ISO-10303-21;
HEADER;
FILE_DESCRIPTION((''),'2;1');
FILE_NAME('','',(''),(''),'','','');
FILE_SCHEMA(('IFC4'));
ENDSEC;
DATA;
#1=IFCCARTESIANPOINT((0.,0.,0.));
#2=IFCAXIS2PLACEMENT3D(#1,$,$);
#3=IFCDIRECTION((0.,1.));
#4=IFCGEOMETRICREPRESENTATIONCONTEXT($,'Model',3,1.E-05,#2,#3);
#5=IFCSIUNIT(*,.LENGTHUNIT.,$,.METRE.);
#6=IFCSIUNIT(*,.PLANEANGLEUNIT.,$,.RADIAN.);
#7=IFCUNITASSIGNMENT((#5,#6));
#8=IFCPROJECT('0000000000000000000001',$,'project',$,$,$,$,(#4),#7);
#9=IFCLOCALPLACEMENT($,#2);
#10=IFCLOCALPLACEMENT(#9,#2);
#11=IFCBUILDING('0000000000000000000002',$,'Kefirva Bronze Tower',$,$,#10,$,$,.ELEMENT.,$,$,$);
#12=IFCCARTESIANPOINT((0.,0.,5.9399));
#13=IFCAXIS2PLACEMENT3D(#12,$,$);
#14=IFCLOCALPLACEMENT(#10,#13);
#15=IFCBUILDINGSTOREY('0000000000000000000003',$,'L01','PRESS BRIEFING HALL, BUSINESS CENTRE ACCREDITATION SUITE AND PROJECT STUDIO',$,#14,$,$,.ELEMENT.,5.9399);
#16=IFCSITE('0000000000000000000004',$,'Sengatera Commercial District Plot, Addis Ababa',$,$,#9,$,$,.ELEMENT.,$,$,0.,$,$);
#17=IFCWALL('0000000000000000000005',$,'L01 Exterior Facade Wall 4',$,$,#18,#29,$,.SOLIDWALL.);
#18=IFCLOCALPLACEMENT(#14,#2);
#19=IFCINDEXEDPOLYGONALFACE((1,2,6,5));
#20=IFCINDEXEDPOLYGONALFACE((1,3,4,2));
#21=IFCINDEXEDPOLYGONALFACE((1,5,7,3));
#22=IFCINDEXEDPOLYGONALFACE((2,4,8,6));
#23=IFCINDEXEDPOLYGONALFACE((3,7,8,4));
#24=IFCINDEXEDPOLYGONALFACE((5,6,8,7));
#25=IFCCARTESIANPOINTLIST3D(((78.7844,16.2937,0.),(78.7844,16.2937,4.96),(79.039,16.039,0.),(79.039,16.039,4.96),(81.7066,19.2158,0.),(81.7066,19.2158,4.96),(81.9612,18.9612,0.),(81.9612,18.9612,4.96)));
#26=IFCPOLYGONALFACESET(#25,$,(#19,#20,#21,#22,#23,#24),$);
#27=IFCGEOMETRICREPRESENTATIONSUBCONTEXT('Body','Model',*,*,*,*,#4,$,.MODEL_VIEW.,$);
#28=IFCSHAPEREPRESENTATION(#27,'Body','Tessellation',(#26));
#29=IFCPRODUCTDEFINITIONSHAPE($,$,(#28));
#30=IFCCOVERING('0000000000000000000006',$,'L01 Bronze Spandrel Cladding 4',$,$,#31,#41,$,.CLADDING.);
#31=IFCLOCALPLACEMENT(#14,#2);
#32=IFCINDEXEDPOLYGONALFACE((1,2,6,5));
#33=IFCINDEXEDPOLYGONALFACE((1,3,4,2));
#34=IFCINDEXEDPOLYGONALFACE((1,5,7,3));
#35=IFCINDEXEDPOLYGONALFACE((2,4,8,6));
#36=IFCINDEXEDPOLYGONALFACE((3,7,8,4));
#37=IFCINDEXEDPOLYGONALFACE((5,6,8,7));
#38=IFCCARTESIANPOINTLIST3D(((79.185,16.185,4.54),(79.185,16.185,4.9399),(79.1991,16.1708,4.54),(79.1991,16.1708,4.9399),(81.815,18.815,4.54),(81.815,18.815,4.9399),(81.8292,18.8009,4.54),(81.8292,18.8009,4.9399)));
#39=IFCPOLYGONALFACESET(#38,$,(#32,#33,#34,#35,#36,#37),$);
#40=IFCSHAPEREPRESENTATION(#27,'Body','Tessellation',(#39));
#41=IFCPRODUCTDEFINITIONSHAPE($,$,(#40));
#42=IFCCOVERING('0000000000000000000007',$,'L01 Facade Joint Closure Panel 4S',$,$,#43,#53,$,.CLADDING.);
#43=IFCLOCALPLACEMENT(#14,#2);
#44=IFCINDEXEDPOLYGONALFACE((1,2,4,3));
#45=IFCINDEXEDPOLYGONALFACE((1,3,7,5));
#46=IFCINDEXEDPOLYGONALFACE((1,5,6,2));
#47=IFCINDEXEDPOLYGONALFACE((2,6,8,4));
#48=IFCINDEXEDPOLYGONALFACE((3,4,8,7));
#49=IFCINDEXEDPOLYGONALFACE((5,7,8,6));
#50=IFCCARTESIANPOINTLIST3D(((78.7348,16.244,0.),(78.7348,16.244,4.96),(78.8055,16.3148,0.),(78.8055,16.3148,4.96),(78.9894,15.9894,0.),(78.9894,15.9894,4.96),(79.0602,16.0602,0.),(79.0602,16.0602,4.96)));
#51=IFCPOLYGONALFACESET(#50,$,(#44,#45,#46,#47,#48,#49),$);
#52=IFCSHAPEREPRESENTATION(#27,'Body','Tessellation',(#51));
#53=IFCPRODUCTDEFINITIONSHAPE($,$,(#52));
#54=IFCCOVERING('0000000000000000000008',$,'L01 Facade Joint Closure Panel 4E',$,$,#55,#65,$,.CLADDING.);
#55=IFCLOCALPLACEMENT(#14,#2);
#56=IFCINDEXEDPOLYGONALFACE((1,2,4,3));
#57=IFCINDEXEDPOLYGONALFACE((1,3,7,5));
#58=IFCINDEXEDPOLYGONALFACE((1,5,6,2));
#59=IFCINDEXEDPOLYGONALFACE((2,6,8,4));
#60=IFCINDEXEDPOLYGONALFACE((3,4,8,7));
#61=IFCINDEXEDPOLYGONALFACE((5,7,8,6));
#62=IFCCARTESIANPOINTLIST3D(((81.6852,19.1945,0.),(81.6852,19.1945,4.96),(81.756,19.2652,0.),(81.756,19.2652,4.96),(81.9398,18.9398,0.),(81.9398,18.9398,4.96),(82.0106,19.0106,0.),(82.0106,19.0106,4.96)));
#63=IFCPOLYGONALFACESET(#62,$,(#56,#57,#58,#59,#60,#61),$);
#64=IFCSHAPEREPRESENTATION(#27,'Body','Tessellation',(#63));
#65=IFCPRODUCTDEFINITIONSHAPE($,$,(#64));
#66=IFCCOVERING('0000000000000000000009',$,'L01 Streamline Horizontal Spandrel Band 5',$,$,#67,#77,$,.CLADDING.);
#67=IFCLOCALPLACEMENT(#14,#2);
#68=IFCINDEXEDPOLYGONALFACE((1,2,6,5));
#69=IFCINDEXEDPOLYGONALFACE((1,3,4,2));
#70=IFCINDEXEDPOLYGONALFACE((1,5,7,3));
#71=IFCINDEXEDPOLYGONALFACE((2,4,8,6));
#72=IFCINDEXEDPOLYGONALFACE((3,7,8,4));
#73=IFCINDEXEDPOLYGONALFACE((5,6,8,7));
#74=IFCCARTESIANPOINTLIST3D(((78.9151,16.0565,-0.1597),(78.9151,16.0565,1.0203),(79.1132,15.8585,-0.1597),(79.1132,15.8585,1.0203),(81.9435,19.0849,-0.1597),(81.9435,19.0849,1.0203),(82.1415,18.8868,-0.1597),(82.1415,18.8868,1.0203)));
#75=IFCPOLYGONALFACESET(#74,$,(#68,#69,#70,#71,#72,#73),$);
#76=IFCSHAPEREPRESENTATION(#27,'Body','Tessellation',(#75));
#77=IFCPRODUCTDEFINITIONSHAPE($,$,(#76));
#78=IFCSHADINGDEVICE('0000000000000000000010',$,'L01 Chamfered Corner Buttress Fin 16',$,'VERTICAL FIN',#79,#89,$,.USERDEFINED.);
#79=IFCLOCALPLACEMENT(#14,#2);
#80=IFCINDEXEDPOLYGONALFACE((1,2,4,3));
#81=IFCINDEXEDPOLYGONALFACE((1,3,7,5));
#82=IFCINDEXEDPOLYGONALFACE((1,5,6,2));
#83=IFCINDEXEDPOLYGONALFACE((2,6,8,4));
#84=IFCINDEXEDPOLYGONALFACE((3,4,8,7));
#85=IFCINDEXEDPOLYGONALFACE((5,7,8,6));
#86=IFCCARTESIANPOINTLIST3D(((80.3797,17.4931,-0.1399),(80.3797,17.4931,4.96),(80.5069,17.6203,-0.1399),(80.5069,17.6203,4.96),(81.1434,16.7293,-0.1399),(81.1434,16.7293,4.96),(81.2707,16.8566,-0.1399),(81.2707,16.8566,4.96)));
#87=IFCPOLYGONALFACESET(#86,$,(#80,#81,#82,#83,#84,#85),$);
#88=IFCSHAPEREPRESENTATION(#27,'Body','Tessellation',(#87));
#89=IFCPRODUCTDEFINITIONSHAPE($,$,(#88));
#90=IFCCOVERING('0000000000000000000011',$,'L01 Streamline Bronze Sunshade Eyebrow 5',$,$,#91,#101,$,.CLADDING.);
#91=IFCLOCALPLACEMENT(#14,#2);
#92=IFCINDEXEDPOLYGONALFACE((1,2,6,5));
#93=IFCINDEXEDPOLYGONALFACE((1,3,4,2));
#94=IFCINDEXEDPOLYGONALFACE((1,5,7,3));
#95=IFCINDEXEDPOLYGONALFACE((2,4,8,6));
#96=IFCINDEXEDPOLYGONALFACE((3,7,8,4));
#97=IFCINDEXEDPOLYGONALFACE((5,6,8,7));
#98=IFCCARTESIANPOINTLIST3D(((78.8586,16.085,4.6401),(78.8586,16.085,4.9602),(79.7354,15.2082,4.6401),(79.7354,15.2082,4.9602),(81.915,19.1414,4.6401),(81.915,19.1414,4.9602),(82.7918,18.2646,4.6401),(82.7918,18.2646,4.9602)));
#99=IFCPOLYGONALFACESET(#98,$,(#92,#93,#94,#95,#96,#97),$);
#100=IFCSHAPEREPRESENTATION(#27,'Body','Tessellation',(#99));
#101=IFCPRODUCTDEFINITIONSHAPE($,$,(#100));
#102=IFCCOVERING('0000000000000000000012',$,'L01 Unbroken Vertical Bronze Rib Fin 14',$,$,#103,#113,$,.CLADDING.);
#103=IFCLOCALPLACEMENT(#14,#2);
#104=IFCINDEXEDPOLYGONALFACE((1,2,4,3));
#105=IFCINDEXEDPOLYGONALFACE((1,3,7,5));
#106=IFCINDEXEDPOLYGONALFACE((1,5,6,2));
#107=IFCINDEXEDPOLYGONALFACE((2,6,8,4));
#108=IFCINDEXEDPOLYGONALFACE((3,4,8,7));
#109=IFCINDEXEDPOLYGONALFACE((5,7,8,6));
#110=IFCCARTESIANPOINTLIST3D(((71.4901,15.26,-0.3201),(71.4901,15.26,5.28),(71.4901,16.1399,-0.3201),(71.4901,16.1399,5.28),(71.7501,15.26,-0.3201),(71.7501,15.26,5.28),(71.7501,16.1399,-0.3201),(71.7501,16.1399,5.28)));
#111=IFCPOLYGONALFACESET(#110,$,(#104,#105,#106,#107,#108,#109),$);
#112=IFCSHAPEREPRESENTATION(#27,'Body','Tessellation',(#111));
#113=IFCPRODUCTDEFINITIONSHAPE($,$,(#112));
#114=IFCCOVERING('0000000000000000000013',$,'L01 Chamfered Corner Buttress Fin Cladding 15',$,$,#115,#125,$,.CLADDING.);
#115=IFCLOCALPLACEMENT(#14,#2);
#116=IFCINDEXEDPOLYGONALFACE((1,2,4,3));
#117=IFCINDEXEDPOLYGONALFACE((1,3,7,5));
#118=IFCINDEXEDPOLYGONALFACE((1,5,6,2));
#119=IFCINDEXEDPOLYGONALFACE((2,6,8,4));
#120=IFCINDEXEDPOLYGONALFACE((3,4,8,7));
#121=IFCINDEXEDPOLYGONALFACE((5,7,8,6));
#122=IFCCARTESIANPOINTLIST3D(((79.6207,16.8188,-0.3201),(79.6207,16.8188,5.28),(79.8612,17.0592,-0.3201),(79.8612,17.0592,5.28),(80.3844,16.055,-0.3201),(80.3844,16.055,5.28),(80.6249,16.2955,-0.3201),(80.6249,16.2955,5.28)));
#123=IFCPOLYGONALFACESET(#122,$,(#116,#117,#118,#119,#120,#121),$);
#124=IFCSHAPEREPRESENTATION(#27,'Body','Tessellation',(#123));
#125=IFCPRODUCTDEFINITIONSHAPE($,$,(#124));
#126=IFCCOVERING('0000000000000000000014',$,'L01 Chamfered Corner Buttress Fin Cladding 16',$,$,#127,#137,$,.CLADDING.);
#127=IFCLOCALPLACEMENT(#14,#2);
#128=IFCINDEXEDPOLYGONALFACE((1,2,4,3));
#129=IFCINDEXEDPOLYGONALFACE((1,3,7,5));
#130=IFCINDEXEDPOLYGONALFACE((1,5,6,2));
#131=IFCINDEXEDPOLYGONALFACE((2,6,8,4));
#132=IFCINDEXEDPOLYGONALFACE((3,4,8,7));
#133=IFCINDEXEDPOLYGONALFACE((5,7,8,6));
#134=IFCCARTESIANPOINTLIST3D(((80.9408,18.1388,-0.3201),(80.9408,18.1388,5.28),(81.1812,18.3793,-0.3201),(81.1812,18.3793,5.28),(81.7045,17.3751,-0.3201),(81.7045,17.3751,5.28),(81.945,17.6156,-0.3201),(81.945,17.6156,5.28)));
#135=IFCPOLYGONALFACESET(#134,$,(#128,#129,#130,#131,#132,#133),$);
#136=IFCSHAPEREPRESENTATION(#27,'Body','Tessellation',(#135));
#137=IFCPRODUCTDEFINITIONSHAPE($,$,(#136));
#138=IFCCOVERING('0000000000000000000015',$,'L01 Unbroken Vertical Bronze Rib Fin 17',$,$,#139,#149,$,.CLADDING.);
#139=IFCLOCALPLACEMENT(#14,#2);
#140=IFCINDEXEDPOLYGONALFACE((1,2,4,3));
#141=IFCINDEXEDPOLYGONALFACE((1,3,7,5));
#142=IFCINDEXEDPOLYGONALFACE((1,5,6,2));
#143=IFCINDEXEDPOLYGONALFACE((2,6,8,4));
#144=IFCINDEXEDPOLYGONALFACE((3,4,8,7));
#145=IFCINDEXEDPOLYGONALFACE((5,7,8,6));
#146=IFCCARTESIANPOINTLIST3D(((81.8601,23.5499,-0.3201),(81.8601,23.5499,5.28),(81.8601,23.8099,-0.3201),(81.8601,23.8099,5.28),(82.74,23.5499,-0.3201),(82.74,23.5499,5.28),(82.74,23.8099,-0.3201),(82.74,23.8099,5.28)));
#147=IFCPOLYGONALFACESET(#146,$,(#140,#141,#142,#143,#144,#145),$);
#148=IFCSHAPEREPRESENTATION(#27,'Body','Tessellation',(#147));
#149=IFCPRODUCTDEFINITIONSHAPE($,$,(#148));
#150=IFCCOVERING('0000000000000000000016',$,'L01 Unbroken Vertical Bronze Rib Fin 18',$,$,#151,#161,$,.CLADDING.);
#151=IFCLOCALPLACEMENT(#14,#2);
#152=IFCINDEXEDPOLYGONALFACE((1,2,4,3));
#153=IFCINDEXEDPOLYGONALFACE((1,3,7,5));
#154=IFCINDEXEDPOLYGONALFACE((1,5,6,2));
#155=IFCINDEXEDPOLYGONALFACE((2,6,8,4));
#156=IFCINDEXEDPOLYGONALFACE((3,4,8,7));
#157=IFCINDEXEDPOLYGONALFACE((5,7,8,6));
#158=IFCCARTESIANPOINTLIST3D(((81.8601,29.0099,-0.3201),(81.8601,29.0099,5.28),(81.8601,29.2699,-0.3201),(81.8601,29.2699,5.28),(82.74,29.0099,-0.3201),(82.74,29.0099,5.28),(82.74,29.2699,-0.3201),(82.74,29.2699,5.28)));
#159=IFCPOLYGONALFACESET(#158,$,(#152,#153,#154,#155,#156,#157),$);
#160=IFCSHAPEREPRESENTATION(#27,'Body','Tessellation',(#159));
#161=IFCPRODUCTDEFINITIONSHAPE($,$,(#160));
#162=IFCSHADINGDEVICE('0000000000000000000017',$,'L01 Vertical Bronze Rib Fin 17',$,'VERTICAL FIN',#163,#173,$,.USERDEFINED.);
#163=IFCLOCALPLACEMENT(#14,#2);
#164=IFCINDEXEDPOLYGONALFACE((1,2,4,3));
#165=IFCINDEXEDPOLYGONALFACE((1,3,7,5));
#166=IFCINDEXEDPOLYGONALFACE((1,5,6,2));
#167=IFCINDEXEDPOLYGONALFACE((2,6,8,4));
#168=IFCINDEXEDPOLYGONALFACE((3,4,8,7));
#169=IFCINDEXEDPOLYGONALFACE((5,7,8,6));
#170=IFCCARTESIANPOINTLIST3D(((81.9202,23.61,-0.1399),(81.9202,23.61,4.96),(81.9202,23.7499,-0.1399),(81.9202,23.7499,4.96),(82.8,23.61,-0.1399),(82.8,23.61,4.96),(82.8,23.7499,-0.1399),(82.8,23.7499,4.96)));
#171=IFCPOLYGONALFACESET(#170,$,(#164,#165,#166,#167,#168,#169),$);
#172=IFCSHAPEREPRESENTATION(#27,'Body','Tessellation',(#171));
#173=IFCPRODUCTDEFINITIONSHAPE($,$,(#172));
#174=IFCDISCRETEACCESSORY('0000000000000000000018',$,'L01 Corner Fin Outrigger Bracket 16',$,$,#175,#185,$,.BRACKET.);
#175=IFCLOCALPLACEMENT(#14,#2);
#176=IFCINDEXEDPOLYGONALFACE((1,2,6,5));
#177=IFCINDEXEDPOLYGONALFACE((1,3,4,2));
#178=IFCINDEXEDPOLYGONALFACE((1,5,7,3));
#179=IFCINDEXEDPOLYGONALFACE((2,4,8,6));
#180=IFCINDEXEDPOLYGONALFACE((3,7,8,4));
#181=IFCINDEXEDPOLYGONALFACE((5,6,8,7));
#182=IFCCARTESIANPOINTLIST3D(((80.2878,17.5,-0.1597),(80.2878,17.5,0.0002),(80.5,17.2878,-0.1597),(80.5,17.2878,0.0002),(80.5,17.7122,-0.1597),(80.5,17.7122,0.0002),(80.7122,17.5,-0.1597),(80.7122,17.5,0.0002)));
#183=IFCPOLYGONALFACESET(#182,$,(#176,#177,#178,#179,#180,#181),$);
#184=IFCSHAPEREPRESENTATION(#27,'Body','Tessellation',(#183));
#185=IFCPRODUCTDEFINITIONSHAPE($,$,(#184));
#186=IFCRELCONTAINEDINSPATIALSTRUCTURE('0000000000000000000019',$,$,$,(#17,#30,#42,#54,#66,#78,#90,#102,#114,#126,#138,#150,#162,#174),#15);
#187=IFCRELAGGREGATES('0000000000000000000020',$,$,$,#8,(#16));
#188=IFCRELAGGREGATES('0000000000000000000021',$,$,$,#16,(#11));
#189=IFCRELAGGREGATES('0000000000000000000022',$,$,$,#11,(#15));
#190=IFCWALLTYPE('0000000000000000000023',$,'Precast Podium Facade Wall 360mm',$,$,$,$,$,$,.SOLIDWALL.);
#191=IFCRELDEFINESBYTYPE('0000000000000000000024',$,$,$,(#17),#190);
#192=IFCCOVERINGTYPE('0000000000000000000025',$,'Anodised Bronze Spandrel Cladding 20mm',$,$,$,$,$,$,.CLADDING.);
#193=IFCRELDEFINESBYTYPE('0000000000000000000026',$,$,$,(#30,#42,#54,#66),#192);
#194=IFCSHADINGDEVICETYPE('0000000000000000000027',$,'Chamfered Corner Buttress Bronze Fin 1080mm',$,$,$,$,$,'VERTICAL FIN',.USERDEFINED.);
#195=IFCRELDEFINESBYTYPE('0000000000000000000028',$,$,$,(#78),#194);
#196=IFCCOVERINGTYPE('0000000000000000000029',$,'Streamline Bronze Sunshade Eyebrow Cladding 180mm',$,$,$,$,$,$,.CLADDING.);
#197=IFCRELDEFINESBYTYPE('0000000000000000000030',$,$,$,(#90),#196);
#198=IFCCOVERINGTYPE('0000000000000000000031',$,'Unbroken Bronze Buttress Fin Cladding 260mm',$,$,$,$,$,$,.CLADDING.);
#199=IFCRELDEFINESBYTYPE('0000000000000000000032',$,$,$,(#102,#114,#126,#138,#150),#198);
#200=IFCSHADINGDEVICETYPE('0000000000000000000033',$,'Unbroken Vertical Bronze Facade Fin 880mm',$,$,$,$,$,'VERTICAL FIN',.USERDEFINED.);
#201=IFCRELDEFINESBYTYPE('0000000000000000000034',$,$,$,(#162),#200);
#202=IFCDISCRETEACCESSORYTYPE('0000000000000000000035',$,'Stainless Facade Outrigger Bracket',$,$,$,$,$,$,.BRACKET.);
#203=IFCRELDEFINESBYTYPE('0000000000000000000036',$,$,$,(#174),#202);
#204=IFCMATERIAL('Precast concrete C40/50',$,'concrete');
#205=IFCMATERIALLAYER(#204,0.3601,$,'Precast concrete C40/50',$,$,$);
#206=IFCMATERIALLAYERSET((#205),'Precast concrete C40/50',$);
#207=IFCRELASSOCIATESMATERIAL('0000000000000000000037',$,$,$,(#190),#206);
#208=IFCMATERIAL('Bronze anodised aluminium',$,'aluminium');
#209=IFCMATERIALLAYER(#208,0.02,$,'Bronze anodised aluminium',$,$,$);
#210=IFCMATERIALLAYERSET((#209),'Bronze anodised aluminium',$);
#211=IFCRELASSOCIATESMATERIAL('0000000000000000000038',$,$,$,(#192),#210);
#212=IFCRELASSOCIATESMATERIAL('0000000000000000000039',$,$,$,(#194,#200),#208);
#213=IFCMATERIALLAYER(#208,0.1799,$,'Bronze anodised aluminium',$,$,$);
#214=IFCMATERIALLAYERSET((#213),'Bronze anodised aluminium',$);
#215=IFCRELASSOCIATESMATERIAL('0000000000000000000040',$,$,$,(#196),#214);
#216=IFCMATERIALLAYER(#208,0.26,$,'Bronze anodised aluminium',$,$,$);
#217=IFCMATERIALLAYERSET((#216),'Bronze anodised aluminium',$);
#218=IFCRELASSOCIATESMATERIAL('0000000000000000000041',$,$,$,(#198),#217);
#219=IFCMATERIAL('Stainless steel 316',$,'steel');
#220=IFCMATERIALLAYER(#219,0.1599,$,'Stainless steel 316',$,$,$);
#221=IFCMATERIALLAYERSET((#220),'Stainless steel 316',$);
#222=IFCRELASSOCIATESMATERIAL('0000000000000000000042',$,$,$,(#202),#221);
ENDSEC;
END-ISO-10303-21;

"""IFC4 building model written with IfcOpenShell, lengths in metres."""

from ifc_helpers import new_model, si_unit, direction, frame, frame_2d, origin, origin_2d, place, context, subcontext, project, spatial, rectangle, extrude, material, layer, layer_set, material_profile, profile_set, type_object, element, save


model = new_model("IFC4")

# Units and contexts
model_context = context("Model", 3, precision=1e-05, world=origin(), true_north=direction((0.0, 1.0)))
body_context = subcontext(model_context, "Body", "Model", "MODEL_VIEW")
ifc_project = project(units=[si_unit("LENGTHUNIT", "METRE"), si_unit("PLANEANGLEUNIT", "RADIAN")], contexts=[model_context])

# Site, building, storey
site_placement = place(None, origin())
site = spatial("IfcSite", under=ifc_project, at=site_placement, Name="Sengatera Commercial District Plot, Addis Ababa", CompositionType="ELEMENT", RefElevation=0.0)
building_placement = place(site_placement, origin())
building = spatial("IfcBuilding", under=site, at=building_placement, Name="Kefirva Bronze Tower", CompositionType="ELEMENT")
storey_placement = place(building_placement, frame((0.0, 0.0, 5.9399)))
storey = spatial("IfcBuildingStorey", under=building, at=storey_placement, Name="L01", Description="PRESS BRIEFING HALL, BUSINESS CENTRE ACCREDITATION SUITE AND PROJECT STUDIO", CompositionType="ELEMENT", Elevation=5.9399)

# Shared definitions
ifc_material_1 = material(Name="Bronze anodised aluminium", Category="aluminium")

# Wall
ifc_material_2 = material(Name="Precast concrete C40/50", Category="concrete")
ifc_layer_1 = layer(ifc_material_2, 0.3601, Name="Precast concrete C40/50")
ifc_layer_set_1 = layer_set([ifc_layer_1], Name="Precast concrete C40/50")
wall_type = type_object("IfcWallType", Name="Precast Podium Facade Wall 360mm", PredefinedType="SOLIDWALL", material=ifc_layer_set_1)
wall_placement = place(storey_placement, frame((78.9116, 16.1663, 0.0), z_axis=(0.0, 0.0, 1.0), x_axis=(0.707107, 0.707107, 0.0)))
element("IfcWall", 1, at=wall_placement, inside=storey, type_object=wall_type, Name="L01 Exterior Facade Wall 4", PredefinedType="SOLIDWALL", context=body_context, shape_type="SweptSolid", body=[
    extrude(rectangle(XDim=4.1326, YDim=0.3601, at=frame_2d((2.0664, 0.0))), origin(), (0.0, 0.0, 1.0), 4.96),
])

# Coverings
ifc_layer_2 = layer(ifc_material_1, 0.02, Name="Bronze anodised aluminium")
ifc_layer_set_2 = layer_set([ifc_layer_2], Name="Bronze anodised aluminium")
covering_type_1 = type_object("IfcCoveringType", Name="Anodised Bronze Spandrel Cladding 20mm", PredefinedType="CLADDING", material=ifc_layer_set_2)
covering_1_placement = place(storey_placement, frame((80.5071, 17.4929, 4.54), z_axis=(0.0, 0.0, 1.0), x_axis=(0.707107, 0.707107, 0.0)))
element("IfcCovering", 2, at=covering_1_placement, inside=storey, type_object=covering_type_1, Name="L01 Bronze Spandrel Cladding 4", PredefinedType="CLADDING", context=body_context, shape_type="SweptSolid", body=[
    extrude(rectangle(XDim=3.7195, YDim=0.02, at=origin_2d()), origin(), (0.0, 0.0, 1.0), 0.3999),
])
for number, where, z_axis, x_axis, name in (
    (3, (78.8975, 16.1521, 0.0), (0.0, 0.0, 1.0), (0.707107, 0.707107, 0.0), "L01 Facade Joint Closure Panel 4S"),
    (4, (81.8479, 19.1025, 0.0), (0.0, 0.0, 1.0), (0.707107, 0.707107, 0.0), "L01 Facade Joint Closure Panel 4E"),
):
    element("IfcCovering", number, at=place(storey_placement, frame(where, z_axis=z_axis, x_axis=x_axis)), inside=storey, type_object=covering_type_1, Name=name, PredefinedType="CLADDING", context=body_context, shape_type="SweptSolid", body=[
        extrude(rectangle(XDim=0.1001, YDim=0.3601, at=origin_2d()), origin(), (0.0, 0.0, 1.0), 4.96),
    ])
covering_2_placement = place(storey_placement, frame((80.5283, 17.4717, -0.1597), z_axis=(0.0, 0.0, 1.0), x_axis=(0.707107, 0.707107, 0.0)))
element("IfcCovering", 5, at=covering_2_placement, inside=storey, type_object=covering_type_1, Name="L01 Streamline Horizontal Spandrel Band 5", PredefinedType="CLADDING", context=body_context, shape_type="SweptSolid", body=[
    extrude(rectangle(XDim=4.2827, YDim=0.28, at=origin_2d()), origin(), (0.0, 0.0, 1.0), 1.1799),
])

# Shading device
ifc_material_profile_1 = material_profile(ifc_material_1, rectangle(XDim=0.1799, YDim=1.0801, at=origin_2d()), Name="BRONZE BUTTRESS FIN 180x1080")
ifc_profile_set_1 = profile_set([ifc_material_profile_1], Name="Bronze anodised aluminium")
shading_device_type_1 = type_object("IfcShadingDeviceType", Name="Chamfered Corner Buttress Bronze Fin 1080mm", ElementType="VERTICAL FIN", PredefinedType="USERDEFINED", material=ifc_profile_set_1)
shading_device_1_placement = place(storey_placement, frame((80.8252, 17.1748, -0.1399), z_axis=(0.0, 0.0, 1.0), x_axis=(0.707107, 0.707107, 0.0)))
element("IfcShadingDevice", 6, at=shading_device_1_placement, inside=storey, type_object=shading_device_type_1, Name="L01 Chamfered Corner Buttress Fin 16", ObjectType="VERTICAL FIN", PredefinedType="USERDEFINED", context=body_context, shape_type="SweptSolid", body=[
    extrude(rectangle(XDim=0.1799, YDim=1.0801, at=origin_2d()), origin(), (0.0, 0.0, 1.0), 5.0999),
])

# Coverings
ifc_layer_3 = layer(ifc_material_1, 0.1799, Name="Bronze anodised aluminium")
ifc_layer_set_3 = layer_set([ifc_layer_3], Name="Bronze anodised aluminium")
covering_type_2 = type_object("IfcCoveringType", Name="Streamline Bronze Sunshade Eyebrow Cladding 180mm", PredefinedType="CLADDING", material=ifc_layer_set_3)
covering_3_placement = place(storey_placement, frame((80.8252, 17.1748, 4.6401), z_axis=(0.0, 0.0, 1.0), x_axis=(0.707107, 0.707107, 0.0)))
element("IfcCovering", 7, at=covering_3_placement, inside=storey, type_object=covering_type_2, Name="L01 Streamline Bronze Sunshade Eyebrow 5", PredefinedType="CLADDING", context=body_context, shape_type="SweptSolid", body=[
    extrude(rectangle(XDim=4.3225, YDim=1.24, at=origin_2d()), origin(), (0.0, 0.0, 1.0), 0.3201),
])
ifc_layer_4 = layer(ifc_material_1, 0.26, Name="Bronze anodised aluminium")
ifc_layer_set_4 = layer_set([ifc_layer_4], Name="Bronze anodised aluminium")
covering_type_3 = type_object("IfcCoveringType", Name="Unbroken Bronze Buttress Fin Cladding 260mm", PredefinedType="CLADDING", material=ifc_layer_set_4)
covering_4_placement = place(storey_placement, frame((71.6201, 15.7, -0.3201), z_axis=(0.0, 0.0, 1.0), x_axis=(1.0, 0.0, 0.0)))
element("IfcCovering", 8, at=covering_4_placement, inside=storey, type_object=covering_type_3, Name="L01 Unbroken Vertical Bronze Rib Fin 14", PredefinedType="CLADDING", context=body_context, shape_type="SweptSolid", body=[
    extrude(rectangle(XDim=0.26, YDim=0.8799, at=origin_2d()), origin(), (0.0, 0.0, 1.0), 5.6001),
])
for number, where, z_axis, x_axis, name in (
    (9, (80.1228, 16.5571, -0.3201), (0.0, 0.0, 1.0), (0.707107, 0.707107, 0.0), "L01 Chamfered Corner Buttress Fin Cladding 15"),
    (10, (81.4429, 17.8772, -0.3201), (0.0, 0.0, 1.0), (0.707107, 0.707107, 0.0), "L01 Chamfered Corner Buttress Fin Cladding 16"),
):
    element("IfcCovering", number, at=place(storey_placement, frame(where, z_axis=z_axis, x_axis=x_axis)), inside=storey, type_object=covering_type_3, Name=name, PredefinedType="CLADDING", context=body_context, shape_type="SweptSolid", body=[
        extrude(rectangle(XDim=0.3401, YDim=1.0801, at=origin_2d()), origin(), (0.0, 0.0, 1.0), 5.6001),
    ])
for number, where, z_axis, x_axis, name in (
    (11, (82.3, 23.6799, -0.3201), (0.0, 0.0, 1.0), (0.0, 1.0, 0.0), "L01 Unbroken Vertical Bronze Rib Fin 17"),
    (12, (82.3, 29.1399, -0.3201), (0.0, 0.0, 1.0), (0.0, 1.0, 0.0), "L01 Unbroken Vertical Bronze Rib Fin 18"),
):
    element("IfcCovering", number, at=place(storey_placement, frame(where, z_axis=z_axis, x_axis=x_axis)), inside=storey, type_object=covering_type_3, Name=name, PredefinedType="CLADDING", context=body_context, shape_type="SweptSolid", body=[
        extrude(rectangle(XDim=0.26, YDim=0.8799, at=origin_2d()), origin(), (0.0, 0.0, 1.0), 5.6001),
    ])

# Shading device
ifc_material_profile_2 = material_profile(ifc_material_1, rectangle(XDim=0.1399, YDim=0.8799, at=origin_2d()), Name="BRONZE FIN 140x880")
ifc_profile_set_2 = profile_set([ifc_material_profile_2], Name="Bronze anodised aluminium")
shading_device_type_2 = type_object("IfcShadingDeviceType", Name="Unbroken Vertical Bronze Facade Fin 880mm", ElementType="VERTICAL FIN", PredefinedType="USERDEFINED", material=ifc_profile_set_2)
shading_device_2_placement = place(storey_placement, frame((82.3601, 23.6799, -0.1399), z_axis=(0.0, 0.0, 1.0), x_axis=(0.0, 1.0, 0.0)))
element("IfcShadingDevice", 13, at=shading_device_2_placement, inside=storey, type_object=shading_device_type_2, Name="L01 Vertical Bronze Rib Fin 17", ObjectType="VERTICAL FIN", PredefinedType="USERDEFINED", context=body_context, shape_type="SweptSolid", body=[
    extrude(rectangle(XDim=0.1399, YDim=0.8799, at=origin_2d()), origin(), (0.0, 0.0, 1.0), 5.0999),
])

# Discrete accessory
ifc_material_3 = material(Name="Stainless steel 316", Category="steel")
ifc_layer_5 = layer(ifc_material_3, 0.1599, Name="Stainless steel 316")
ifc_layer_set_5 = layer_set([ifc_layer_5], Name="Stainless steel 316")
discrete_accessory_type = type_object("IfcDiscreteAccessoryType", Name="Stainless Facade Outrigger Bracket", PredefinedType="BRACKET", material=ifc_layer_set_5)
discrete_accessory_1_placement = place(storey_placement, frame((80.5, 17.5, -0.1597), z_axis=(0.0, 0.0, 1.0), x_axis=(0.707107, 0.707107, 0.0)))
element("IfcDiscreteAccessory", 14, at=discrete_accessory_1_placement, inside=storey, type_object=discrete_accessory_type, Name="L01 Corner Fin Outrigger Bracket 16", PredefinedType="BRACKET", context=body_context, shape_type="SweptSolid", body=[
    extrude(rectangle(XDim=0.3, YDim=0.3, at=origin_2d()), origin(), (0.0, 0.0, 1.0), 0.1599),
])

save(model, "model.ifc")
